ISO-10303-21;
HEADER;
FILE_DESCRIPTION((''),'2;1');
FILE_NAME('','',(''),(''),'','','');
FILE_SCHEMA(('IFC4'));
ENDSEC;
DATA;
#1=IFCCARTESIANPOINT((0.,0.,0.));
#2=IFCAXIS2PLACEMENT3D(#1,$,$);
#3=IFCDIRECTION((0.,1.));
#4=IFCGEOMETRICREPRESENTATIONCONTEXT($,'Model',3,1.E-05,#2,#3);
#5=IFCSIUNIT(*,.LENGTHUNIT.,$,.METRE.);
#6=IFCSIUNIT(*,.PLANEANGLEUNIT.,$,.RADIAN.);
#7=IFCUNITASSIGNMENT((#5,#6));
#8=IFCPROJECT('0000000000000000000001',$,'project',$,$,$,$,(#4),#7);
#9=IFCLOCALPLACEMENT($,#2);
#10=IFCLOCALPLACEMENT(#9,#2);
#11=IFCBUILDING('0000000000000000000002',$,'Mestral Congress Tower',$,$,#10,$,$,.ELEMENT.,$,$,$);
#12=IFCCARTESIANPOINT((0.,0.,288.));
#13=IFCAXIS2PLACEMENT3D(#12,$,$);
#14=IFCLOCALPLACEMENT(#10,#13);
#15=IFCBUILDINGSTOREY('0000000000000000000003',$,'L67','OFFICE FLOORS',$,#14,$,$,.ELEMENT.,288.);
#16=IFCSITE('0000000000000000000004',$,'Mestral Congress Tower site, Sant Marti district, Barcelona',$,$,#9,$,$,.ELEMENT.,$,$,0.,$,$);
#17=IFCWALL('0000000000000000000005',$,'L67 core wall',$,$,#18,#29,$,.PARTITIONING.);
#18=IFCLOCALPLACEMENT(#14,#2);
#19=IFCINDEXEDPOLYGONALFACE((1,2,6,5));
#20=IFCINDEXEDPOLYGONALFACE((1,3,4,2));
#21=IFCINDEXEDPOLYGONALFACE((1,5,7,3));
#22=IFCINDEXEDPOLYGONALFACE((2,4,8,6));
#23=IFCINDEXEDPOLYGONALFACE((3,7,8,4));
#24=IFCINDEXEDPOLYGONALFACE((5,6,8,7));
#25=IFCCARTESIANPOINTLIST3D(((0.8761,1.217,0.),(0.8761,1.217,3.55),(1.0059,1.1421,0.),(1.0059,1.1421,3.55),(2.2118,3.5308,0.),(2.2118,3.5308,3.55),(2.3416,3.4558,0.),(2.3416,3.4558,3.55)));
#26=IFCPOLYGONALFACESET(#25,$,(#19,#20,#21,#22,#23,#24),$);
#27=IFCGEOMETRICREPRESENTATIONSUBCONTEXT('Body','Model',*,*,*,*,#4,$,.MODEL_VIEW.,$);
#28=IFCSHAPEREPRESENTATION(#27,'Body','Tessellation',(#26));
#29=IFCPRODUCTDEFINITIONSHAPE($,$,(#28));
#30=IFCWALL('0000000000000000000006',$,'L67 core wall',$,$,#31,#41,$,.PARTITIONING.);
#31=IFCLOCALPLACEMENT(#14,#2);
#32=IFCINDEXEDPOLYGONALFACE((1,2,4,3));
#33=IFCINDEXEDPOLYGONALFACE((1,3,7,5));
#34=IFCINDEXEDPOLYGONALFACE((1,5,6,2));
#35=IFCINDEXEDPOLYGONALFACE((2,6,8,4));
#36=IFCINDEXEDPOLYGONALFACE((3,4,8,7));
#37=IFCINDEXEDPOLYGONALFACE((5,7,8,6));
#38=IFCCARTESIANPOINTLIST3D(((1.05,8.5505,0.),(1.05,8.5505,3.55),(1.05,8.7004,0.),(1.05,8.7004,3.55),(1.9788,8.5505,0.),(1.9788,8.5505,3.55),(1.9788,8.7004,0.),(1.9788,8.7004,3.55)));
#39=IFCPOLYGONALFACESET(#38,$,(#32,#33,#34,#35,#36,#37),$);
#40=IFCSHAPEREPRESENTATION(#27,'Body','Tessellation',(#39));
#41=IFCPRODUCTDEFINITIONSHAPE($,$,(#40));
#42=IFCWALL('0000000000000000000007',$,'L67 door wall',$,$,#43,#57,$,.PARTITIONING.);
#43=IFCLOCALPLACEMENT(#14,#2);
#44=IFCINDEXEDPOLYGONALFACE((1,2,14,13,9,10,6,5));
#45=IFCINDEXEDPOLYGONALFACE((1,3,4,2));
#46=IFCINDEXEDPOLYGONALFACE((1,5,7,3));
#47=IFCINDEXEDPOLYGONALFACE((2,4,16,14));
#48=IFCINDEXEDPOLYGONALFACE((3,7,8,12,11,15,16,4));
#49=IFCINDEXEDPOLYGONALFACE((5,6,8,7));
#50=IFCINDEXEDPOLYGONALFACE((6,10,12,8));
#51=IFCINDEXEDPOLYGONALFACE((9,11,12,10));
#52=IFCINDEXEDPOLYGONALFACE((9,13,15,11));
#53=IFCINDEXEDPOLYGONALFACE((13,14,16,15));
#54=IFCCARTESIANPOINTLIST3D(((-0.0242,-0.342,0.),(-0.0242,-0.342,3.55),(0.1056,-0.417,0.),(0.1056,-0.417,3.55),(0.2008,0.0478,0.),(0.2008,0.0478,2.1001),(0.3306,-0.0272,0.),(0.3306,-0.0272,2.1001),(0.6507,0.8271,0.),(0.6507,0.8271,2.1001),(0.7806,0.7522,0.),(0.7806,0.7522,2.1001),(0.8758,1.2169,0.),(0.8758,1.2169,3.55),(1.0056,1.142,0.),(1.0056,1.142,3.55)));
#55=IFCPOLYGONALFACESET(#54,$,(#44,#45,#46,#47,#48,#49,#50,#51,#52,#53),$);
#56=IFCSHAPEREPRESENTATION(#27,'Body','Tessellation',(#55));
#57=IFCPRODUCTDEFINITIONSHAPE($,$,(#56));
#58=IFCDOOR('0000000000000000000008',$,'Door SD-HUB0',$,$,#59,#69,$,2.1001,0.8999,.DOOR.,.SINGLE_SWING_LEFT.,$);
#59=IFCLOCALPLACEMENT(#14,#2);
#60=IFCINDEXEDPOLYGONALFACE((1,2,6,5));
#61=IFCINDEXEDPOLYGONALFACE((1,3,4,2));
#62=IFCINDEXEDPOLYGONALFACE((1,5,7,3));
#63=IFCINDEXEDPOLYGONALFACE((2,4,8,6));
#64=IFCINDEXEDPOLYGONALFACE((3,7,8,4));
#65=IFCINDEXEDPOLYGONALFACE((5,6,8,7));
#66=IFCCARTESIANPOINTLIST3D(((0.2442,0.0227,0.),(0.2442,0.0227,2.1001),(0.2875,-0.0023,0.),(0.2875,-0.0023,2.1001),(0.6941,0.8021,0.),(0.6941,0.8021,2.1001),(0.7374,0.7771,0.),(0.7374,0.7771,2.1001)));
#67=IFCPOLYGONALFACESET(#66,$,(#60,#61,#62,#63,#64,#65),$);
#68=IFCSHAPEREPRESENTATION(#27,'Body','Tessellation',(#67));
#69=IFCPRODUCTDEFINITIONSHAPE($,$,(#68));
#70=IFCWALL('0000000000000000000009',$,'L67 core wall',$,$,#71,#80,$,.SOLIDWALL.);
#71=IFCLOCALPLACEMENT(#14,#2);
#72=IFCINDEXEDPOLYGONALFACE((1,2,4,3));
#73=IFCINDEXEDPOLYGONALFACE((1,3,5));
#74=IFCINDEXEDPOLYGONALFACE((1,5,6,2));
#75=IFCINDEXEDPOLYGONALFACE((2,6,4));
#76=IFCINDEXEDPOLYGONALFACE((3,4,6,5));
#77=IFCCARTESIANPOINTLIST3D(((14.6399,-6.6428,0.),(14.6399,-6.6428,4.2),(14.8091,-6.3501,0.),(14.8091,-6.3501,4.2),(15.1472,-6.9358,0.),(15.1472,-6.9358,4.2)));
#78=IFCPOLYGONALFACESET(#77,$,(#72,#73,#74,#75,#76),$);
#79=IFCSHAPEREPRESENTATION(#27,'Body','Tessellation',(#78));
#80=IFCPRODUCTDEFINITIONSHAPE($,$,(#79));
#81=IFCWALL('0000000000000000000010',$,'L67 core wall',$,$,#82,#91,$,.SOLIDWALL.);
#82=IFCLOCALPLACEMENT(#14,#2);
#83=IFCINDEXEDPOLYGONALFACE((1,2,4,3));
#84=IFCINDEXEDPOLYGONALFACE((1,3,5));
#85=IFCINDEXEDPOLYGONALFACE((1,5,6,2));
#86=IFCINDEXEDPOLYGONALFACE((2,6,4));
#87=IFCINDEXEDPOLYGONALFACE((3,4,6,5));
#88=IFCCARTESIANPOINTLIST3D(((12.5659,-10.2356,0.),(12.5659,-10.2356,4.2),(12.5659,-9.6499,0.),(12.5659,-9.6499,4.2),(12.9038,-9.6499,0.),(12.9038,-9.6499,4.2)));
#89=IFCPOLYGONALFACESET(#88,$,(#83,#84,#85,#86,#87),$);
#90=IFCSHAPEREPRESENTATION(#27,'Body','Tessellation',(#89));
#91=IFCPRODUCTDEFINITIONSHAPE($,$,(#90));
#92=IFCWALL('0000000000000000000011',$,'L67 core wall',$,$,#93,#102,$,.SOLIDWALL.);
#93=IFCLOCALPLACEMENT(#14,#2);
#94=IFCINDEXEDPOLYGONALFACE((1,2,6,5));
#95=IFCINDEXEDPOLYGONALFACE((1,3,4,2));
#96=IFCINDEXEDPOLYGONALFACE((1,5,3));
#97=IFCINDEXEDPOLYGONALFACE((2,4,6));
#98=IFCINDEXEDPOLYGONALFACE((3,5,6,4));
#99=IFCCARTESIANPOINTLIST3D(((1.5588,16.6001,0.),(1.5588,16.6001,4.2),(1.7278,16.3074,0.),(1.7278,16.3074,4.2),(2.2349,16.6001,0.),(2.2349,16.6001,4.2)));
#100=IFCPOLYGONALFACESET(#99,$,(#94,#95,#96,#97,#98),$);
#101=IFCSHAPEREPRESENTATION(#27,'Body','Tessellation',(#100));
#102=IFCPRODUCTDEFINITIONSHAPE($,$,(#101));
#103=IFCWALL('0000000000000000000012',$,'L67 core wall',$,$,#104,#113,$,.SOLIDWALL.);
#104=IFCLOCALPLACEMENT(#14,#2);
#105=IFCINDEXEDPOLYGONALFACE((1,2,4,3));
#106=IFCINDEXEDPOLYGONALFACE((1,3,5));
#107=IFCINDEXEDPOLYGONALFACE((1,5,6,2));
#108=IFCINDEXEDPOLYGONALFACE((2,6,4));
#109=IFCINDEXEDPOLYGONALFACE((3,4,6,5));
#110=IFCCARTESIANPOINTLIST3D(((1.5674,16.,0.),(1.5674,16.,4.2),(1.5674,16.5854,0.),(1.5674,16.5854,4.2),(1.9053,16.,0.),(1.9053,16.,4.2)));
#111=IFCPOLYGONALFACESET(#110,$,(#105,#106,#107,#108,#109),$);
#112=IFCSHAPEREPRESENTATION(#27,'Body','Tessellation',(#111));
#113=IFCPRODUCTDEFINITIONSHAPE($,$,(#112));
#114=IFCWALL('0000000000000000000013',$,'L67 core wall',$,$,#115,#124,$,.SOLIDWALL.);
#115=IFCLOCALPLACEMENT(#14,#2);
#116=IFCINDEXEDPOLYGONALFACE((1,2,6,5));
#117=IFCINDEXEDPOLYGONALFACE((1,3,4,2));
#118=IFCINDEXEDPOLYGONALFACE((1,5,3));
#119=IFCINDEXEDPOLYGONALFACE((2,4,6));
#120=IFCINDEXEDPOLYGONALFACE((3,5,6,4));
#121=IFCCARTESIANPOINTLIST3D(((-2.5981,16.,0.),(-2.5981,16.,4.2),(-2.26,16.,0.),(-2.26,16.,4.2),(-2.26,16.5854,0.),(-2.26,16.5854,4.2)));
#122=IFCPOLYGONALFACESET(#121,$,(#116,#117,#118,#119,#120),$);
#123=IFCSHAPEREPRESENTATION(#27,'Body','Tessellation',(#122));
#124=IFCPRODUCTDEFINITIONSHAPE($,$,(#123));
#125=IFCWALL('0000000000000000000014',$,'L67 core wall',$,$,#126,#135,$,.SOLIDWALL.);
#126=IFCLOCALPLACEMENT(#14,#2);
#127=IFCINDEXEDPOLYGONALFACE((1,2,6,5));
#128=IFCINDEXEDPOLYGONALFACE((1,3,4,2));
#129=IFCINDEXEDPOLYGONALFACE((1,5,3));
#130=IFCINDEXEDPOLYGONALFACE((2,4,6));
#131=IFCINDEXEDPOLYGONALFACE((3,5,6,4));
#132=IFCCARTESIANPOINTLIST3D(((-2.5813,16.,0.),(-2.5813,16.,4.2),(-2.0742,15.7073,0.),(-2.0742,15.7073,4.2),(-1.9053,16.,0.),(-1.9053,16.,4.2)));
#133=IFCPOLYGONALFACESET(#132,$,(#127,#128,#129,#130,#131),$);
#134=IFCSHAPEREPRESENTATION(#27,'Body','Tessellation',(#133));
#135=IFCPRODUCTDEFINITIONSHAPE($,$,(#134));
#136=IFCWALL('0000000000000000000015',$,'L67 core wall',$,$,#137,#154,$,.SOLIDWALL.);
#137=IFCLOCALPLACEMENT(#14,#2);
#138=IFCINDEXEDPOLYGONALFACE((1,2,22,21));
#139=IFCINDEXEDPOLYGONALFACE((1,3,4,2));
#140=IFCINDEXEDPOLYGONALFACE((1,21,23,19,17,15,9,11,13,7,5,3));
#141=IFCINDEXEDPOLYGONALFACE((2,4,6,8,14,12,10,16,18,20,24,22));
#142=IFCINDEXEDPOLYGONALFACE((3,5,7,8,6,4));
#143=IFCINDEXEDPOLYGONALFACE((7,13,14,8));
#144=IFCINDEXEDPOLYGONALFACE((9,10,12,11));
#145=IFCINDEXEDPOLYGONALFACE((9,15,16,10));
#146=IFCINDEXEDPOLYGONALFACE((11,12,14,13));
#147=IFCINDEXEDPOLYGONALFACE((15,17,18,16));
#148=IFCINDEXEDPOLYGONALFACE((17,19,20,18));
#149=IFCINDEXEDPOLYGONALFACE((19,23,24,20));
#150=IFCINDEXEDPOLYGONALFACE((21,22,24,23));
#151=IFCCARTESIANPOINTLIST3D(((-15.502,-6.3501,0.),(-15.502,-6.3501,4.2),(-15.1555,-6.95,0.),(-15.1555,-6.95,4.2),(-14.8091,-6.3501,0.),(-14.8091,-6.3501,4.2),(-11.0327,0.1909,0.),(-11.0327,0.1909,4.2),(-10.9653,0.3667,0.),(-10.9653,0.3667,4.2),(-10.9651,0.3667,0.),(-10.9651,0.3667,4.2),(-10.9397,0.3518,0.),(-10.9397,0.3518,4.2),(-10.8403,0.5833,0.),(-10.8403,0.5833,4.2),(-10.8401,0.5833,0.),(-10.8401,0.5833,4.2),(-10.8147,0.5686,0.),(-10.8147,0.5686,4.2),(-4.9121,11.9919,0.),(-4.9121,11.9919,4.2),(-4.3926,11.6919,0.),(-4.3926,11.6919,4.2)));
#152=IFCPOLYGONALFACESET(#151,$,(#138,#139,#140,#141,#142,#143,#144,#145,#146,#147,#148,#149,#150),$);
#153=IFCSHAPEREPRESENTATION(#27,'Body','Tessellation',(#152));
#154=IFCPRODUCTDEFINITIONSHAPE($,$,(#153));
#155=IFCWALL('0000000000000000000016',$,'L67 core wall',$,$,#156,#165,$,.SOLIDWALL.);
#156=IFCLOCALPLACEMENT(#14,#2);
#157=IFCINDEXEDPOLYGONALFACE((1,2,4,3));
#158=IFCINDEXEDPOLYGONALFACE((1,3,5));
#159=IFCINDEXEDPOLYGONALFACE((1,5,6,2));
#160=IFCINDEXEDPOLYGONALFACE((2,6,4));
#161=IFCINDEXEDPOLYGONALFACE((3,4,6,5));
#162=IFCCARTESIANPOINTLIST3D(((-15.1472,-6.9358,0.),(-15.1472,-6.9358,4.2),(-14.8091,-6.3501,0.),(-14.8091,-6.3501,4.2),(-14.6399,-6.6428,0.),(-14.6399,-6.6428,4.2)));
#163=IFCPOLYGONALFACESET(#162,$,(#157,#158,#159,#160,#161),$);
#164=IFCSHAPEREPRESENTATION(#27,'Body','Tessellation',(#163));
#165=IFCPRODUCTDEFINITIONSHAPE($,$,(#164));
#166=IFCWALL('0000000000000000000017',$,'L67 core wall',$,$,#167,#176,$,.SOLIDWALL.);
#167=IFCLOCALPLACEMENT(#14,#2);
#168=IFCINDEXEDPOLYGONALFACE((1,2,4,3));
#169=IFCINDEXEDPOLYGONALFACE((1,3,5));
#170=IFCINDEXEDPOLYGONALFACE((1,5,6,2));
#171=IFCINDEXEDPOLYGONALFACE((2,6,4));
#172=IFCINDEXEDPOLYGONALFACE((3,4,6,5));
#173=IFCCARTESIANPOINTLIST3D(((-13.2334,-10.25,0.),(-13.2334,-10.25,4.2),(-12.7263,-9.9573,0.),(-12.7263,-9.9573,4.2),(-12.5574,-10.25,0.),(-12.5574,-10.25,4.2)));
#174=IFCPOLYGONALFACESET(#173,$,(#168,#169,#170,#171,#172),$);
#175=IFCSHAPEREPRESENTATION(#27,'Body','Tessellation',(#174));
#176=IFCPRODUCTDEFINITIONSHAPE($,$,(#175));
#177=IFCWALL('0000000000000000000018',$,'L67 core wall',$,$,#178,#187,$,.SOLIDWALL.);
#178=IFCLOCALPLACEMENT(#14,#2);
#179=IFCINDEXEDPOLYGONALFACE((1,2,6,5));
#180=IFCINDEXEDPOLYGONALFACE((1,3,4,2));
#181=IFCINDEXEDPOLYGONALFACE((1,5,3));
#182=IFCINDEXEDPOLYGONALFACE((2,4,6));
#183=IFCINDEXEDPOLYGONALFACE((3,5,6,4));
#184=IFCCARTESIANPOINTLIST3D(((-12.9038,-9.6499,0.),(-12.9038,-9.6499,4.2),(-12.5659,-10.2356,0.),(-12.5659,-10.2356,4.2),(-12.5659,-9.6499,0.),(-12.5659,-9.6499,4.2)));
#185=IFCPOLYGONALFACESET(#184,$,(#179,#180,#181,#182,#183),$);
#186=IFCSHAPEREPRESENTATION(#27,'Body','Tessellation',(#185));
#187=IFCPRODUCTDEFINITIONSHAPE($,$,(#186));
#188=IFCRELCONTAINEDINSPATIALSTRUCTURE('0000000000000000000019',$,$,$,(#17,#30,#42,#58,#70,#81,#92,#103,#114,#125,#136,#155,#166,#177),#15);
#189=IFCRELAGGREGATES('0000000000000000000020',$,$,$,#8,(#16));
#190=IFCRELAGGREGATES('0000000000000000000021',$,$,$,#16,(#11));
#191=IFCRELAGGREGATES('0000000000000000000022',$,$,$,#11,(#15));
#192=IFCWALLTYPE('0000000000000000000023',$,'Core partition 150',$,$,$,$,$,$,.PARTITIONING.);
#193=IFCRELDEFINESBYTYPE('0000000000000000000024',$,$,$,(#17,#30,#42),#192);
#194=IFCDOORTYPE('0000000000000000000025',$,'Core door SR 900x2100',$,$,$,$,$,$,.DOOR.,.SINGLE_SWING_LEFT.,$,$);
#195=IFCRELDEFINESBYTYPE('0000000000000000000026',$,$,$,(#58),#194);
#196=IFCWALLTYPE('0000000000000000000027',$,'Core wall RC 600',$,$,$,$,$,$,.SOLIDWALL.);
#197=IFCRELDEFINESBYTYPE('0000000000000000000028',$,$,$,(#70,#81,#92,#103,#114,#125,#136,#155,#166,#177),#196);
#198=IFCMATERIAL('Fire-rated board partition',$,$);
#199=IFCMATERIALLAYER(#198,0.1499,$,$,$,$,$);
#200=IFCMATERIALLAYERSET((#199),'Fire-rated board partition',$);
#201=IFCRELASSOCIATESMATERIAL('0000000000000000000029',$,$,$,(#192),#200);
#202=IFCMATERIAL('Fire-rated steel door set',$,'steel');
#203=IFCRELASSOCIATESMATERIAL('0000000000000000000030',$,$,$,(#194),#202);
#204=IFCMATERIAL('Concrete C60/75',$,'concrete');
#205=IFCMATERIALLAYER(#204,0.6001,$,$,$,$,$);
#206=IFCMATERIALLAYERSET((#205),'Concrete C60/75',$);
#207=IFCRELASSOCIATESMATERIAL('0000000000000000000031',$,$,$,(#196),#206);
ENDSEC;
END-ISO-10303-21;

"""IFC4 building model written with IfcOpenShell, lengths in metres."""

from ifc_helpers import new_model, si_unit, direction, frame, frame_2d, origin, place, context, subcontext, project, spatial, polyline, rectangle, outline, extrude, material, layer, layer_set, type_object, element, fill, save


model = new_model("IFC4")

# Units and contexts
model_context = context("Model", 3, precision=1e-05, world=origin(), true_north=direction((0.0, 1.0)))
body_context = subcontext(model_context, "Body", "Model", "MODEL_VIEW")
ifc_project = project(units=[si_unit("LENGTHUNIT", "METRE"), si_unit("PLANEANGLEUNIT", "RADIAN")], contexts=[model_context])

# Site, building, storey
site_placement = place(None, origin())
site = spatial("IfcSite", under=ifc_project, at=site_placement, Name="Mestral Congress Tower site, Sant Marti district, Barcelona", CompositionType="ELEMENT", RefElevation=0.0)
building_placement = place(site_placement, origin())
building = spatial("IfcBuilding", under=site, at=building_placement, Name="Mestral Congress Tower", CompositionType="ELEMENT")
storey_placement = place(building_placement, frame((0.0, 0.0, 288.0)))
storey = spatial("IfcBuildingStorey", under=building, at=storey_placement, Name="L67", Description="OFFICE FLOORS", CompositionType="ELEMENT", Elevation=288.0)

# Walls
ifc_material_1 = material(Name="Fire-rated board partition")
ifc_layer_1 = layer(ifc_material_1, 0.1499)
ifc_layer_set_1 = layer_set([ifc_layer_1], Name="Fire-rated board partition")
wall_type_1 = type_object("IfcWallType", Name="Core partition 150", PredefinedType="PARTITIONING", material=ifc_layer_set_1)
wall_1_placement = place(storey_placement, frame((0.9409, 1.1794, 0.0), z_axis=(0.0, 0.0, 1.0), x_axis=(0.499962, 0.866047, 0.0)))
element("IfcWall", 1, at=wall_1_placement, inside=storey, type_object=wall_type_1, Name="L67 core wall", PredefinedType="PARTITIONING", context=body_context, shape_type="SweptSolid", body=[
    extrude(rectangle(XDim=2.6716, YDim=0.1499, at=frame_2d((1.3359, 0.0))), origin(), (0.0, 0.0, 1.0), 3.55),
])
wall_2_placement = place(storey_placement, frame((1.05, 8.6255, 0.0), z_axis=(0.0, 0.0, 1.0), x_axis=(1.0, 0.0, 0.0)))
element("IfcWall", 2, at=wall_2_placement, inside=storey, type_object=wall_type_1, Name="L67 core wall", PredefinedType="PARTITIONING", context=body_context, shape_type="SweptSolid", body=[
    extrude(rectangle(XDim=0.9287, YDim=0.1499, at=frame_2d((0.4644, 0.0))), origin(), (0.0, 0.0, 1.0), 3.55),
])

# Wall, opening, door
wall_3_placement = place(storey_placement, frame((0.0408, -0.3794, 0.0), z_axis=(0.0, 0.0, 1.0), x_axis=(0.499961, 0.866048, 0.0)))
wall_3 = element("IfcWall", 3, at=wall_3_placement, inside=storey, type_object=wall_type_1, Name="L67 door wall", PredefinedType="PARTITIONING", context=body_context, shape_type="SweptSolid", body=[
    extrude(rectangle(XDim=1.8, YDim=0.1499, at=frame_2d((0.8999, 0.0))), origin(), (0.0, 0.0, 1.0), 3.55),
])
opening_1_placement = place(wall_3_placement, frame((0.45, 0.0, 0.0)))
opening_1 = element("IfcOpeningElement", 4, at=opening_1_placement, cuts=wall_3, PredefinedType="OPENING", context=body_context, shape_type="SweptSolid", body=[
    extrude(rectangle(XDim=0.8999, YDim=2.1001, at=frame_2d((0.45, 1.05))), frame((0.0, 0.085, 0.0), z_axis=(0.0, -1.0, 0.0), x_axis=(1.0, 0.0, 0.0)), (0.0, 0.0, 1.0), 0.1699),
])
ifc_material_2 = material(Name="Fire-rated steel door set", Category="steel")
door_type_1 = type_object("IfcDoorType", Name="Core door SR 900x2100", OperationType="SINGLE_SWING_LEFT", PredefinedType="DOOR", material=ifc_material_2)
door_1_placement = place(opening_1_placement, origin())
door_1 = element("IfcDoor", 5, at=door_1_placement, inside=storey, type_object=door_type_1, Name="Door SD-HUB0", OperationType="SINGLE_SWING_LEFT", OverallHeight=2.1001, OverallWidth=0.8999, PredefinedType="DOOR", context=body_context, shape_type="SweptSolid", body=[
    extrude(rectangle(XDim=0.8999, YDim=2.1001, at=frame_2d((0.45, 1.05))), frame((0.0, 0.0249, 0.0), z_axis=(0.0, -1.0, 0.0), x_axis=(1.0, 0.0, 0.0)), (0.0, 0.0, 1.0), 0.05),
])
fill(opening_1, door_1)

# Walls
ifc_material_3 = material(Name="Concrete C60/75", Category="concrete")
ifc_layer_2 = layer(ifc_material_3, 0.6001)
ifc_layer_set_2 = layer_set([ifc_layer_2], Name="Concrete C60/75")
wall_type_2 = type_object("IfcWallType", Name="Core wall RC 600", PredefinedType="SOLIDWALL", material=ifc_layer_set_2)
placement = place(storey_placement, origin())
element("IfcWall", 6, at=placement, inside=storey, type_object=wall_type_2, Name="L67 core wall", PredefinedType="SOLIDWALL", context=body_context, shape_type="SweptSolid", body=[
    extrude(outline(polyline([(14.8091, -6.3501), (15.1472, -6.9358), (14.6399, -6.6428), (14.8091, -6.3501)])), origin(), (0.0, 0.0, 1.0), 4.2),
])
element("IfcWall", 7, at=placement, inside=storey, type_object=wall_type_2, Name="L67 core wall", PredefinedType="SOLIDWALL", context=body_context, shape_type="SweptSolid", body=[
    extrude(outline(polyline([(12.9038, -9.6499), (12.5659, -10.2356), (12.5659, -9.6499), (12.9038, -9.6499)])), origin(), (0.0, 0.0, 1.0), 4.2),
])
element("IfcWall", 8, at=placement, inside=storey, type_object=wall_type_2, Name="L67 core wall", PredefinedType="SOLIDWALL", context=body_context, shape_type="SweptSolid", body=[
    extrude(outline(polyline([(1.5588, 16.6001), (2.2349, 16.6001), (1.7278, 16.3074), (1.5588, 16.6001)])), origin(), (0.0, 0.0, 1.0), 4.2),
])
element("IfcWall", 9, at=placement, inside=storey, type_object=wall_type_2, Name="L67 core wall", PredefinedType="SOLIDWALL", context=body_context, shape_type="SweptSolid", body=[
    extrude(outline(polyline([(1.9053, 16.0), (1.5674, 16.0), (1.5674, 16.5854), (1.9053, 16.0)])), origin(), (0.0, 0.0, 1.0), 4.2),
])
element("IfcWall", 10, at=placement, inside=storey, type_object=wall_type_2, Name="L67 core wall", PredefinedType="SOLIDWALL", context=body_context, shape_type="SweptSolid", body=[
    extrude(outline(polyline([(-2.5981, 16.0), (-2.26, 16.5854), (-2.26, 16.0), (-2.5981, 16.0)])), origin(), (0.0, 0.0, 1.0), 4.2),
])
element("IfcWall", 11, at=placement, inside=storey, type_object=wall_type_2, Name="L67 core wall", PredefinedType="SOLIDWALL", context=body_context, shape_type="SweptSolid", body=[
    extrude(outline(polyline([(-1.9053, 16.0), (-2.0742, 15.7073), (-2.5813, 16.0), (-1.9053, 16.0)])), origin(), (0.0, 0.0, 1.0), 4.2),
])
element("IfcWall", 12, at=placement, inside=storey, type_object=wall_type_2, Name="L67 core wall", PredefinedType="SOLIDWALL", context=body_context, shape_type="SweptSolid", body=[
    extrude(outline(polyline([(-15.502, -6.3501), (-4.9121, 11.9919), (-4.3926, 11.6919), (-10.8147, 0.5686), (-10.8401, 0.5833), (-10.8401, 0.5833), (-10.8403, 0.5833), (-10.9653, 0.3667), (-10.9653, 0.3667), (-10.9651, 0.3667), (-10.9397, 0.3518), (-11.0327, 0.1909), (-14.8091, -6.3501), (-15.1555, -6.95), (-15.502, -6.3501)])), origin(), (0.0, 0.0, 1.0), 4.2),
])
element("IfcWall", 13, at=placement, inside=storey, type_object=wall_type_2, Name="L67 core wall", PredefinedType="SOLIDWALL", context=body_context, shape_type="SweptSolid", body=[
    extrude(outline(polyline([(-14.6399, -6.6428), (-15.1472, -6.9358), (-14.8091, -6.3501), (-14.6399, -6.6428)])), origin(), (0.0, 0.0, 1.0), 4.2),
])
element("IfcWall", 14, at=placement, inside=storey, type_object=wall_type_2, Name="L67 core wall", PredefinedType="SOLIDWALL", context=body_context, shape_type="SweptSolid", body=[
    extrude(outline(polyline([(-12.5574, -10.25), (-13.2334, -10.25), (-12.7263, -9.9573), (-12.5574, -10.25)])), origin(), (0.0, 0.0, 1.0), 4.2),
])
element("IfcWall", 15, at=placement, inside=storey, type_object=wall_type_2, Name="L67 core wall", PredefinedType="SOLIDWALL", context=body_context, shape_type="SweptSolid", body=[
    extrude(outline(polyline([(-12.9038, -9.6499), (-12.5659, -9.6499), (-12.5659, -10.2356), (-12.9038, -9.6499)])), origin(), (0.0, 0.0, 1.0), 4.2),
])

save(model, "model.ifc")
